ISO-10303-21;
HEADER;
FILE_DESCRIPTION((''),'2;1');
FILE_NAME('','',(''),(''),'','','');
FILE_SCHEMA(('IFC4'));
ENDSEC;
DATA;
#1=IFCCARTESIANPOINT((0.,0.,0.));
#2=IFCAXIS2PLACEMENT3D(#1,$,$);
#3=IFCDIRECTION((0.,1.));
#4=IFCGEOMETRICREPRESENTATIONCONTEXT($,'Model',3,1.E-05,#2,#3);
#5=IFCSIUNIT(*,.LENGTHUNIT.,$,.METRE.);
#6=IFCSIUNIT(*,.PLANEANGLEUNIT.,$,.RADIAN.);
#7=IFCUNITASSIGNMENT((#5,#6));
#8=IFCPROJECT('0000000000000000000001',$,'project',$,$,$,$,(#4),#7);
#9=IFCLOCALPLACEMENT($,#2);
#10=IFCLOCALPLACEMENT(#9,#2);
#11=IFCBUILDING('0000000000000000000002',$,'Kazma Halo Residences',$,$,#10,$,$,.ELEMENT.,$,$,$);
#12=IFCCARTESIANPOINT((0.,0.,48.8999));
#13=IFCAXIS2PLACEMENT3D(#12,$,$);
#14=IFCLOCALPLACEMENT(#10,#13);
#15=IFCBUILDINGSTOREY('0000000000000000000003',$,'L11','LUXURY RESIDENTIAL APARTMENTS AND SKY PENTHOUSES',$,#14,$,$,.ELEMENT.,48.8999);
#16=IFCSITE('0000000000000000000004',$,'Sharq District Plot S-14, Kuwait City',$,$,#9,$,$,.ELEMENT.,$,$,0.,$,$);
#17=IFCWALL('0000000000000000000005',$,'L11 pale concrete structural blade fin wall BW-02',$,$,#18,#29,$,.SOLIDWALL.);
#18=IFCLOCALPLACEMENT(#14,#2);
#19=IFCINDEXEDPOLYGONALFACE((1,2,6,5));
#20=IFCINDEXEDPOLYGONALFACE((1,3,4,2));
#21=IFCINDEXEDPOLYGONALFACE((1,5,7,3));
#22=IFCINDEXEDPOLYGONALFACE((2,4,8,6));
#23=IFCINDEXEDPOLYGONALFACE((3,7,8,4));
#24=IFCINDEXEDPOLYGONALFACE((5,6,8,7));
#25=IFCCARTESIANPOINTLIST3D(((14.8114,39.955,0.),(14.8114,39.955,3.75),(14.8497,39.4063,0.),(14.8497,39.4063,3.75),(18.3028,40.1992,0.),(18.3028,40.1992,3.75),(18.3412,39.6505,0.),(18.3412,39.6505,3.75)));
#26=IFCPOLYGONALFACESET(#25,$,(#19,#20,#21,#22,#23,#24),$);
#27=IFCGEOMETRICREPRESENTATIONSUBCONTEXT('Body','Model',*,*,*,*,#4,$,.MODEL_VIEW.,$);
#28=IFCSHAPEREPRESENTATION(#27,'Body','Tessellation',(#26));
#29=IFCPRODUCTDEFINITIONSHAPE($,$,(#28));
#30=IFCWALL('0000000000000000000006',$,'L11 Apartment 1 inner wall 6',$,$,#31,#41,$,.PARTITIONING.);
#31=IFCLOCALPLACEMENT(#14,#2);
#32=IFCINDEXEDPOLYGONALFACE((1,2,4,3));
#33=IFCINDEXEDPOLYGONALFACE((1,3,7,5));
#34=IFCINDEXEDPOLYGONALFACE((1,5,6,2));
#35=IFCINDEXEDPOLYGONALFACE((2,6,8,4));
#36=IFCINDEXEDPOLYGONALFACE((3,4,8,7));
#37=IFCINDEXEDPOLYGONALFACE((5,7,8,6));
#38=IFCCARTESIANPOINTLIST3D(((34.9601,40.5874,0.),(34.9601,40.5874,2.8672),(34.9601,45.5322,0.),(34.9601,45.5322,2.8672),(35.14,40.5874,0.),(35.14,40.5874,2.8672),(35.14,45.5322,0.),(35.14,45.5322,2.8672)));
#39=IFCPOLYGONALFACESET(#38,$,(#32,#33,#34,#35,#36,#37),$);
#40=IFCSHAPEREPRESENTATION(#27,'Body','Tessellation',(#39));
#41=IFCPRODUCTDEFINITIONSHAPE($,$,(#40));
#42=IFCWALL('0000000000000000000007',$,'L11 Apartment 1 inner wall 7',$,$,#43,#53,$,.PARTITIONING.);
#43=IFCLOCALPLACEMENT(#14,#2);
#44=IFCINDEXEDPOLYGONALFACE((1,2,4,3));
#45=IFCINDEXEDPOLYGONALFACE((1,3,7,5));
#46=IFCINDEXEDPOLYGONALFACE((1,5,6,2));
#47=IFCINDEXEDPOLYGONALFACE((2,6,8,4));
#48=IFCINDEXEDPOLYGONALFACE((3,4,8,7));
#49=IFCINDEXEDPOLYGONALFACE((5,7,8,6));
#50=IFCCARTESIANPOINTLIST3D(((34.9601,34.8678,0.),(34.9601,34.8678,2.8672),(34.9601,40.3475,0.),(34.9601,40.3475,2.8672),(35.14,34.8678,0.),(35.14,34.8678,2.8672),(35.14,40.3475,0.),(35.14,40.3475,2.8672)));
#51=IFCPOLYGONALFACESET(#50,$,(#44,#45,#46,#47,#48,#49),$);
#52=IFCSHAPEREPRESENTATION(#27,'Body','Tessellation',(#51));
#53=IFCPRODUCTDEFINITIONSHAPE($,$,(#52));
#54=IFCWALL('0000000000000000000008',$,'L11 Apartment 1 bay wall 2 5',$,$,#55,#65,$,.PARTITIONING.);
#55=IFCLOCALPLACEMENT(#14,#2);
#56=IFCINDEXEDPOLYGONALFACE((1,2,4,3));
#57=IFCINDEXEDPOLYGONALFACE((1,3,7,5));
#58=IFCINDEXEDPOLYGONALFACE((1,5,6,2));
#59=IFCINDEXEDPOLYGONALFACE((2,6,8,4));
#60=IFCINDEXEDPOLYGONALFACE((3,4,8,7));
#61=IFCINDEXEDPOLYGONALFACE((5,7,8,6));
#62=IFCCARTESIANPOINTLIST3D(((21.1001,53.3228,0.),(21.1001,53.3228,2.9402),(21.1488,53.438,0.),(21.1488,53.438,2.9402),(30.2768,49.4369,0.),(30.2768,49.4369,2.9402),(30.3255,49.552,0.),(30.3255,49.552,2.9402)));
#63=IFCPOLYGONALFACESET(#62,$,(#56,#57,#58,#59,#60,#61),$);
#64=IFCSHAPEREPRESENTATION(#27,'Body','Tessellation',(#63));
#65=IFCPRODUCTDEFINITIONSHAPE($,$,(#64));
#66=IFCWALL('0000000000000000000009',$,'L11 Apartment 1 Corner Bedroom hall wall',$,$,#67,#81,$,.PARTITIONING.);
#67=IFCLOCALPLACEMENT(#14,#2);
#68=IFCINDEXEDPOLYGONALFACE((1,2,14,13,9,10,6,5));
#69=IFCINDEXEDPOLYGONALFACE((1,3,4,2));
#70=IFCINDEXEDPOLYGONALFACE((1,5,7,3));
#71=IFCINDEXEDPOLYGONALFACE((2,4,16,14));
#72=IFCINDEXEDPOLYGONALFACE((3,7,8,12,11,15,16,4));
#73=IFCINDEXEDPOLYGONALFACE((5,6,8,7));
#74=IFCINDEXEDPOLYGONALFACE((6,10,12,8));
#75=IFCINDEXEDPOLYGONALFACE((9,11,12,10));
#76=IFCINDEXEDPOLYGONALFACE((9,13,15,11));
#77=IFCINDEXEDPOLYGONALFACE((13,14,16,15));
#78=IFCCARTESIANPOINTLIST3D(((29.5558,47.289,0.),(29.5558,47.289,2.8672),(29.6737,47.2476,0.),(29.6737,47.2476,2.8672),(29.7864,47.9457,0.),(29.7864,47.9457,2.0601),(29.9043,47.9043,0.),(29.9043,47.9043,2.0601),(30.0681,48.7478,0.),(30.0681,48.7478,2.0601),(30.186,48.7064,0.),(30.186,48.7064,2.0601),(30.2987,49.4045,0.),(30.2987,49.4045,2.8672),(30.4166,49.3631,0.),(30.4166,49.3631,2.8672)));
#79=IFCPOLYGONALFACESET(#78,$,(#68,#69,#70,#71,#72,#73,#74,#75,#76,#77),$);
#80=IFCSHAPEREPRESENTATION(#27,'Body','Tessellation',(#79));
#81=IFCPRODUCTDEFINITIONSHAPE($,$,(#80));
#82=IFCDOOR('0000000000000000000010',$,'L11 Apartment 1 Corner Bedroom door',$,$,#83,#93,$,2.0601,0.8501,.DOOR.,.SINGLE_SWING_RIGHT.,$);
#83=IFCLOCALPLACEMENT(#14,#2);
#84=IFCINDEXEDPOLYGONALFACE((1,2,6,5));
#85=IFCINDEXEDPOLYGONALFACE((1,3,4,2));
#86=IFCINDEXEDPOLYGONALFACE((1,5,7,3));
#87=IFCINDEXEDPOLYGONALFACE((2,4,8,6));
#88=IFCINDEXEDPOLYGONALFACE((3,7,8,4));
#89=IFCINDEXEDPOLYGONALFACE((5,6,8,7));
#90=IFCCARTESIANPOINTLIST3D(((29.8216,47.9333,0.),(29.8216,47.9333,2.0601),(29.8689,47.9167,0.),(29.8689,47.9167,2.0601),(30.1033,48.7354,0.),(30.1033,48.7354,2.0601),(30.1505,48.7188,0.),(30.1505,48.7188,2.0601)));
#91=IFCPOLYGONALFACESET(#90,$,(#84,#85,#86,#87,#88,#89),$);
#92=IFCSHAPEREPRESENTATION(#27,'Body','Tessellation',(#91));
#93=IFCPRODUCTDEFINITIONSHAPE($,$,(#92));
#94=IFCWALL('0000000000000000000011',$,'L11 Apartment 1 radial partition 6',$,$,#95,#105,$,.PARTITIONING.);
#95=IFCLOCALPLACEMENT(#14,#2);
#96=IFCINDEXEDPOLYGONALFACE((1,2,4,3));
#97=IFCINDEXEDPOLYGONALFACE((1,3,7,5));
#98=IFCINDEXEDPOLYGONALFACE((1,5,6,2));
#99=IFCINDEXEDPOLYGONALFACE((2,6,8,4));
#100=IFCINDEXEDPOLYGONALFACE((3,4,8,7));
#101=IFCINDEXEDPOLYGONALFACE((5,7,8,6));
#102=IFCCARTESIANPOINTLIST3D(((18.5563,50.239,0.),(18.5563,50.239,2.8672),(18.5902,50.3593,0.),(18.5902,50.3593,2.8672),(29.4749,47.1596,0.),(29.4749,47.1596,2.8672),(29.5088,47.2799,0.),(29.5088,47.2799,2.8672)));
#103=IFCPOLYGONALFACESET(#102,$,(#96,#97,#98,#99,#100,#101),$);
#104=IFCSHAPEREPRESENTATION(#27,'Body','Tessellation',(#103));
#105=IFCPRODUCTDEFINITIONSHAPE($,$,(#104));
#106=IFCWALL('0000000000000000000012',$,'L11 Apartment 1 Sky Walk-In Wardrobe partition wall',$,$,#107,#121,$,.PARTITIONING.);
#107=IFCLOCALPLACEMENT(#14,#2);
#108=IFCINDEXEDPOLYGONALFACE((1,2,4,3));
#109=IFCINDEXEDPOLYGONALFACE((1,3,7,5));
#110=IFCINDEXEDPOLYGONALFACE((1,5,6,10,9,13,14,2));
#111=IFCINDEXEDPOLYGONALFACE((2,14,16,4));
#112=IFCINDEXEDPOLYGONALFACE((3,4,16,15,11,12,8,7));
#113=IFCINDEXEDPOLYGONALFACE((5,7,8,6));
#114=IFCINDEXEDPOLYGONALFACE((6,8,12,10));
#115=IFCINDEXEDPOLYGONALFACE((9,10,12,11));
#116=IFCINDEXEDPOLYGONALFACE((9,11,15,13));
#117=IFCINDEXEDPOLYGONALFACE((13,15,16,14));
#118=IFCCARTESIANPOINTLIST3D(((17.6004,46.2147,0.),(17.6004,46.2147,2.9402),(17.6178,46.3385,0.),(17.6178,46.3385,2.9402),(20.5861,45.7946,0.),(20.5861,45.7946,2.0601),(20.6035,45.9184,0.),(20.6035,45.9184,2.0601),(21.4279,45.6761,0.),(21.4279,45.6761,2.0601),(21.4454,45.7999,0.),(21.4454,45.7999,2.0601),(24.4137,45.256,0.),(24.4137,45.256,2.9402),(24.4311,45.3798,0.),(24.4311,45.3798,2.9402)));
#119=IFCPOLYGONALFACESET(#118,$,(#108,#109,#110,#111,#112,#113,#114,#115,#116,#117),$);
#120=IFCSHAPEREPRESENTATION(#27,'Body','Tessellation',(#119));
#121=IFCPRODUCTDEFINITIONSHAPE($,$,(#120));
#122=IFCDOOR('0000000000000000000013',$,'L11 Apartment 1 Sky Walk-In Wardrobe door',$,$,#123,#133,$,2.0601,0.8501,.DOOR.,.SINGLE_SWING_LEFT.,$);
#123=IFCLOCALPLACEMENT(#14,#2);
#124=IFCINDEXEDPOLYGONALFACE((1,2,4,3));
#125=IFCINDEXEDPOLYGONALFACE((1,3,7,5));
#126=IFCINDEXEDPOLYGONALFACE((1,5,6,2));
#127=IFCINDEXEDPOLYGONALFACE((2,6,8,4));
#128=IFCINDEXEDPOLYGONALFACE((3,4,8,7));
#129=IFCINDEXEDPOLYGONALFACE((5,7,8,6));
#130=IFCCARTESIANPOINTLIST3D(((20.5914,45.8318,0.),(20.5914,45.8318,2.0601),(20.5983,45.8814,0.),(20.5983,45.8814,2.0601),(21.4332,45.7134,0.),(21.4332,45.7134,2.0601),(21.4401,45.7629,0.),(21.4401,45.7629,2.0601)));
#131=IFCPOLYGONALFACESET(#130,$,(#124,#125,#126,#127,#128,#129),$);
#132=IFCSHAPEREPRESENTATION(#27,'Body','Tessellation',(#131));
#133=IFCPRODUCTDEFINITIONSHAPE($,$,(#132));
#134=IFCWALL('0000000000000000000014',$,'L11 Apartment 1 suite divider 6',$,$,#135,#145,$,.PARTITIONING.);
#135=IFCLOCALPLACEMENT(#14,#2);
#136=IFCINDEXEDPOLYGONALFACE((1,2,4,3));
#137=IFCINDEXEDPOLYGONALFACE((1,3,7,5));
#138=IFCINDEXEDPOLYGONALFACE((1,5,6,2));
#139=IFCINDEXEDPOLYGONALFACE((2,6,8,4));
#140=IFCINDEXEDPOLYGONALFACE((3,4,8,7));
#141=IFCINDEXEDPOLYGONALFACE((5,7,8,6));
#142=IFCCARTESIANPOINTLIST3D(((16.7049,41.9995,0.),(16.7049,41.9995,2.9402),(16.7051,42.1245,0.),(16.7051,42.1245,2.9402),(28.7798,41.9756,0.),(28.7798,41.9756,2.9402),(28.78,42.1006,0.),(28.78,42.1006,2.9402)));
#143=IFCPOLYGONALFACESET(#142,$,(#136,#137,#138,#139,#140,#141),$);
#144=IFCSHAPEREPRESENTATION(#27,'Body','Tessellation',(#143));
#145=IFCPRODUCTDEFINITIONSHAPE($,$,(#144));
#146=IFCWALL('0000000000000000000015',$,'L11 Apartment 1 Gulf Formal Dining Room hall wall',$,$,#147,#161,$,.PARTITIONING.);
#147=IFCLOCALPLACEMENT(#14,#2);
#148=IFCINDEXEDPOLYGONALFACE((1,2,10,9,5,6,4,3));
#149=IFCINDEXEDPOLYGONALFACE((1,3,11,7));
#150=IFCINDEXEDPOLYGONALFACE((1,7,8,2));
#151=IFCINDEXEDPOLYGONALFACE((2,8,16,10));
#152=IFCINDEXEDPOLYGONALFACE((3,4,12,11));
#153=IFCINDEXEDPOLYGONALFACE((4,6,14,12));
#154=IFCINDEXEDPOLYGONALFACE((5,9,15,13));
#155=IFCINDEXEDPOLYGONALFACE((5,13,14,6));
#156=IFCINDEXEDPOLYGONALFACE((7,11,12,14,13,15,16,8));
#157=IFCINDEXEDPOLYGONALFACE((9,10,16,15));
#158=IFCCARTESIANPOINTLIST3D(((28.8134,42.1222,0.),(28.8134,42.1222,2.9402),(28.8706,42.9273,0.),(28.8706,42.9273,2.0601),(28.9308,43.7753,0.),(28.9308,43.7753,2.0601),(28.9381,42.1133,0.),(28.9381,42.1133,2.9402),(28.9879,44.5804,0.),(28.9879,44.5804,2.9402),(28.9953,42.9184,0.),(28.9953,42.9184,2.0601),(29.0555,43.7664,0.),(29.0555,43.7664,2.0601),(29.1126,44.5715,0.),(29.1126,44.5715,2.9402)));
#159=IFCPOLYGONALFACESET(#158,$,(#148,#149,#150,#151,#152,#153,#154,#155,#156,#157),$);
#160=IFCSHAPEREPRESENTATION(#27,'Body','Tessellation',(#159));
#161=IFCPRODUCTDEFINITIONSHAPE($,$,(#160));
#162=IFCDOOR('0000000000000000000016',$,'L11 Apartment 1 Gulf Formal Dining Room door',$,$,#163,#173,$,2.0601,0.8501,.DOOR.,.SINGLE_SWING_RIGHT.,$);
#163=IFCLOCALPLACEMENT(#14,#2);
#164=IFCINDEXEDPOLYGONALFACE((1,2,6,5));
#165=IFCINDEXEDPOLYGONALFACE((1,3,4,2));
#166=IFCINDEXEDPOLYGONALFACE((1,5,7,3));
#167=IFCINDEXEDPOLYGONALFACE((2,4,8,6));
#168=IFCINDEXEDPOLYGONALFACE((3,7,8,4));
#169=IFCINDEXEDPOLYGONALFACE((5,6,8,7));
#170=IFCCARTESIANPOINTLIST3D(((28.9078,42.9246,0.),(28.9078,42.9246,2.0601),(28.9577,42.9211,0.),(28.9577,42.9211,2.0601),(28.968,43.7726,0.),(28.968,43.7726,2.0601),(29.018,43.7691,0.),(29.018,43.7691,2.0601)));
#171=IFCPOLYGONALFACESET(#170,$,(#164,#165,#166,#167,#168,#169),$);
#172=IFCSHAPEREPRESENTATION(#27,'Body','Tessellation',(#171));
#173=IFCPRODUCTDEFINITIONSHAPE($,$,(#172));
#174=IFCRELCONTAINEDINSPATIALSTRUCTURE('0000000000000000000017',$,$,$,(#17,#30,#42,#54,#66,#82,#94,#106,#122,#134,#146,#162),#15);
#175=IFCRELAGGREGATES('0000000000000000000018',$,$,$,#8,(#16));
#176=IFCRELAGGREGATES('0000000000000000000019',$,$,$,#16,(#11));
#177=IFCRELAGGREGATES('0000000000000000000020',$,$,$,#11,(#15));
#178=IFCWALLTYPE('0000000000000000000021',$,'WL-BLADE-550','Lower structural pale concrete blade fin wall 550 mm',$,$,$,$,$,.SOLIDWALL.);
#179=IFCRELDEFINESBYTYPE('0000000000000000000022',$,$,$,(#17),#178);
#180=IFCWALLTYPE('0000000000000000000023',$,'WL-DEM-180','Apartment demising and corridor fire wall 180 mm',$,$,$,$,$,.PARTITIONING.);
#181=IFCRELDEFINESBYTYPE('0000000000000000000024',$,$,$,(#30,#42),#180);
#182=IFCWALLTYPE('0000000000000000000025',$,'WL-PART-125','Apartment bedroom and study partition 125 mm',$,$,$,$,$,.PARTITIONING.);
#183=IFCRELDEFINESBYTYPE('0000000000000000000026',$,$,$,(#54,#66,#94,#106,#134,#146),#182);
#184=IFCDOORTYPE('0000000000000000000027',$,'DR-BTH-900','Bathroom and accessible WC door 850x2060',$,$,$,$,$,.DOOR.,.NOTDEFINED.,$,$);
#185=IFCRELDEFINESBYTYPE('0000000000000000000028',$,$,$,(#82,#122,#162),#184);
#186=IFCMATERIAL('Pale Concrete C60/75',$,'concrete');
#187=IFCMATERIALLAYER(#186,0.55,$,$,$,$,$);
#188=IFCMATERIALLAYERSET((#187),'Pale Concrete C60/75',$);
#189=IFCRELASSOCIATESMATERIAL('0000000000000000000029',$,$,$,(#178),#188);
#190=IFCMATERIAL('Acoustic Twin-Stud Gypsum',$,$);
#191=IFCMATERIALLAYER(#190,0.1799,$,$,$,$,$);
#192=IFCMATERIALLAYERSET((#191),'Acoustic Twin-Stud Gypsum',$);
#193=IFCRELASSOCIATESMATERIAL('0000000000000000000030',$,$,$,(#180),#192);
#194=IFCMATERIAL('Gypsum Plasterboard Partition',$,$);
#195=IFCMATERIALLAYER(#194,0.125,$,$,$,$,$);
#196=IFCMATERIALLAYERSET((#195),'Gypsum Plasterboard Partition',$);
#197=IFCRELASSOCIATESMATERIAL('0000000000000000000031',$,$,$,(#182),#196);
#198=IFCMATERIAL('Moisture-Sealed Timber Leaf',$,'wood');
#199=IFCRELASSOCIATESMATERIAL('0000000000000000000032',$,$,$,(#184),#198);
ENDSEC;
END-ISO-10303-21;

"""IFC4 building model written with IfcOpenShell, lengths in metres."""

from ifc_helpers import new_model, si_unit, direction, frame, frame_2d, origin, place, context, subcontext, project, spatial, rectangle, extrude, material, layer, layer_set, type_object, element, fill, save


model = new_model("IFC4")

# Units and contexts
model_context = context("Model", 3, precision=1e-05, world=origin(), true_north=direction((0.0, 1.0)))
body_context = subcontext(model_context, "Body", "Model", "MODEL_VIEW")
ifc_project = project(units=[si_unit("LENGTHUNIT", "METRE"), si_unit("PLANEANGLEUNIT", "RADIAN")], contexts=[model_context])

# Site, building, storey
site_placement = place(None, origin())
site = spatial("IfcSite", under=ifc_project, at=site_placement, Name="Sharq District Plot S-14, Kuwait City", CompositionType="ELEMENT", RefElevation=0.0)
building_placement = place(site_placement, origin())
building = spatial("IfcBuilding", under=site, at=building_placement, Name="Kazma Halo Residences", CompositionType="ELEMENT")
storey_placement = place(building_placement, frame((0.0, 0.0, 48.8999)))
storey = spatial("IfcBuildingStorey", under=building, at=storey_placement, Name="L11", Description="LUXURY RESIDENTIAL APARTMENTS AND SKY PENTHOUSES", CompositionType="ELEMENT", Elevation=48.8999)

# Walls
ifc_material_1 = material(Name="Pale Concrete C60/75", Category="concrete")
ifc_layer_1 = layer(ifc_material_1, 0.55)
ifc_layer_set_1 = layer_set([ifc_layer_1], Name="Pale Concrete C60/75")
wall_type_1 = type_object("IfcWallType", Name="WL-BLADE-550", Description="Lower structural pale concrete blade fin wall 550 mm", PredefinedType="SOLIDWALL", material=ifc_layer_set_1)
wall_1_placement = place(storey_placement, frame((18.322, 39.9248, 0.0), z_axis=(0.0, 0.0, 1.0), x_axis=(-0.997564, -0.069755, 0.0)))
element("IfcWall", 1, at=wall_1_placement, inside=storey, type_object=wall_type_1, Name="L11 pale concrete structural blade fin wall BW-02", PredefinedType="SOLIDWALL", context=body_context, shape_type="SweptSolid", body=[
    extrude(rectangle(XDim=3.5, YDim=0.55, at=frame_2d((1.75, 0.0))), origin(), (0.0, 0.0, 1.0), 3.75),
])
ifc_material_2 = material(Name="Acoustic Twin-Stud Gypsum")
ifc_layer_2 = layer(ifc_material_2, 0.1799)
ifc_layer_set_2 = layer_set([ifc_layer_2], Name="Acoustic Twin-Stud Gypsum")
wall_type_2 = type_object("IfcWallType", Name="WL-DEM-180", Description="Apartment demising and corridor fire wall 180 mm", PredefinedType="PARTITIONING", material=ifc_layer_set_2)
wall_2_placement = place(storey_placement, frame((35.05, 45.5322, 0.0), z_axis=(0.0, 0.0, 1.0), x_axis=(0.0, -1.0, 0.0)))
element("IfcWall", 2, at=wall_2_placement, inside=storey, type_object=wall_type_2, Name="L11 Apartment 1 inner wall 6", PredefinedType="PARTITIONING", context=body_context, shape_type="SweptSolid", body=[
    extrude(rectangle(XDim=4.9448, YDim=0.1799, at=frame_2d((2.4724, 0.0))), origin(), (0.0, 0.0, 1.0), 2.8672),
])
wall_3_placement = place(storey_placement, frame((35.05, 40.3474, 0.0), z_axis=(0.0, 0.0, 1.0), x_axis=(0.0, -1.0, 0.0)))
element("IfcWall", 3, at=wall_3_placement, inside=storey, type_object=wall_type_2, Name="L11 Apartment 1 inner wall 7", PredefinedType="PARTITIONING", context=body_context, shape_type="SweptSolid", body=[
    extrude(rectangle(XDim=5.4797, YDim=0.1799, at=frame_2d((2.7397, 0.0))), origin(), (0.0, 0.0, 1.0), 2.8672),
])
ifc_material_3 = material(Name="Gypsum Plasterboard Partition")
ifc_layer_3 = layer(ifc_material_3, 0.125)
ifc_layer_set_3 = layer_set([ifc_layer_3], Name="Gypsum Plasterboard Partition")
wall_type_3 = type_object("IfcWallType", Name="WL-PART-125", Description="Apartment bedroom and study partition 125 mm", PredefinedType="PARTITIONING", material=ifc_layer_set_3)
wall_4_placement = place(storey_placement, frame((30.3013, 49.4944, 0.0), z_axis=(0.0, 0.0, 1.0), x_axis=(-0.920841, 0.389939, 0.0)))
element("IfcWall", 4, at=wall_4_placement, inside=storey, type_object=wall_type_3, Name="L11 Apartment 1 bay wall 2 5", PredefinedType="PARTITIONING", context=body_context, shape_type="SweptSolid", body=[
    extrude(rectangle(XDim=9.9656, YDim=0.125, at=frame_2d((4.9829, 0.0))), origin(), (0.0, 0.0, 1.0), 2.9402),
])

# Wall, opening, door
wall_5_placement = place(storey_placement, frame((30.3577, 49.3838, 0.0), z_axis=(0.0, 0.0, 1.0), x_axis=(-0.331345, -0.94351, 0.0)))
wall_5 = element("IfcWall", 5, at=wall_5_placement, inside=storey, type_object=wall_type_3, Name="L11 Apartment 1 Corner Bedroom hall wall", PredefinedType="PARTITIONING", context=body_context, shape_type="SweptSolid", body=[
    extrude(rectangle(XDim=2.2422, YDim=0.125, at=frame_2d((1.1211, 0.0))), origin(), (0.0, 0.0, 1.0), 2.8672),
])
opening_1_placement = place(wall_5_placement, frame((0.696, 0.0, 0.0)))
opening_1 = element("IfcOpeningElement", 6, at=opening_1_placement, cuts=wall_5, PredefinedType="OPENING", context=body_context, shape_type="SweptSolid", body=[
    extrude(rectangle(XDim=0.8501, YDim=2.0601, at=frame_2d((0.425, 1.03))), frame((0.0, 0.0725, 0.0), z_axis=(0.0, -1.0, 0.0), x_axis=(1.0, 0.0, 0.0)), (0.0, 0.0, 1.0), 0.145),
])
ifc_material_4 = material(Name="Moisture-Sealed Timber Leaf", Category="wood")
door_type = type_object("IfcDoorType", Name="DR-BTH-900", Description="Bathroom and accessible WC door 850x2060", OperationType="NOTDEFINED", PredefinedType="DOOR", material=ifc_material_4)
door_1_placement = place(opening_1_placement, origin())
door_1 = element("IfcDoor", 7, at=door_1_placement, inside=storey, type_object=door_type, Name="L11 Apartment 1 Corner Bedroom door", OperationType="SINGLE_SWING_RIGHT", OverallHeight=2.0601, OverallWidth=0.8501, PredefinedType="DOOR", context=body_context, shape_type="SweptSolid", body=[
    extrude(rectangle(XDim=0.8501, YDim=2.0601, at=frame_2d((0.425, 1.03))), frame((0.0, 0.0249, 0.0), z_axis=(0.0, -1.0, 0.0), x_axis=(1.0, 0.0, 0.0)), (0.0, 0.0, 1.0), 0.05),
])
fill(opening_1, door_1)

# Wall
wall_6_placement = place(storey_placement, frame((29.4919, 47.2197, 0.0), z_axis=(0.0, 0.0, 1.0), x_axis=(-0.962455, 0.271442, 0.0)))
element("IfcWall", 8, at=wall_6_placement, inside=storey, type_object=wall_type_3, Name="L11 Apartment 1 radial partition 6", PredefinedType="PARTITIONING", context=body_context, shape_type="SweptSolid", body=[
    extrude(rectangle(XDim=11.3445, YDim=0.125, at=frame_2d((5.6724, 0.0))), origin(), (0.0, 0.0, 1.0), 2.8672),
])

# Wall, opening, door
wall_7_placement = place(storey_placement, frame((24.4224, 45.3179, 0.0), z_axis=(0.0, 0.0, 1.0), x_axis=(-0.990244, 0.139345, 0.0)))
wall_7 = element("IfcWall", 9, at=wall_7_placement, inside=storey, type_object=wall_type_3, Name="L11 Apartment 1 Sky Walk-In Wardrobe partition wall", PredefinedType="PARTITIONING", context=body_context, shape_type="SweptSolid", body=[
    extrude(rectangle(XDim=6.8804, YDim=0.125, at=frame_2d((3.4402, 0.0))), origin(), (0.0, 0.0, 1.0), 2.9402),
])
opening_2_placement = place(wall_7_placement, frame((3.0151, 0.0, 0.0)))
opening_2 = element("IfcOpeningElement", 10, at=opening_2_placement, cuts=wall_7, PredefinedType="OPENING", context=body_context, shape_type="SweptSolid", body=[
    extrude(rectangle(XDim=0.8501, YDim=2.0601, at=frame_2d((0.425, 1.03))), frame((0.0, 0.0725, 0.0), z_axis=(0.0, -1.0, 0.0), x_axis=(1.0, 0.0, 0.0)), (0.0, 0.0, 1.0), 0.145),
])
door_2_placement = place(opening_2_placement, origin())
door_2 = element("IfcDoor", 11, at=door_2_placement, inside=storey, type_object=door_type, Name="L11 Apartment 1 Sky Walk-In Wardrobe door", OperationType="SINGLE_SWING_LEFT", OverallHeight=2.0601, OverallWidth=0.8501, PredefinedType="DOOR", context=body_context, shape_type="SweptSolid", body=[
    extrude(rectangle(XDim=0.8501, YDim=2.0601, at=frame_2d((0.425, 1.03))), frame((0.0, 0.0249, 0.0), z_axis=(0.0, -1.0, 0.0), x_axis=(1.0, 0.0, 0.0)), (0.0, 0.0, 1.0), 0.05),
])
fill(opening_2, door_2)

# Wall
wall_8_placement = place(storey_placement, frame((28.78, 42.0381, 0.0), z_axis=(0.0, 0.0, 1.0), x_axis=(-0.999998, 0.001981, 0.0)))
element("IfcWall", 12, at=wall_8_placement, inside=storey, type_object=wall_type_3, Name="L11 Apartment 1 suite divider 6", PredefinedType="PARTITIONING", context=body_context, shape_type="SweptSolid", body=[
    extrude(rectangle(XDim=12.075, YDim=0.125, at=frame_2d((6.0376, 0.0))), origin(), (0.0, 0.0, 1.0), 2.9402),
])

# Wall, opening, door
wall_9_placement = place(storey_placement, frame((29.0503, 44.5759, 0.0), z_axis=(0.0, 0.0, 1.0), x_axis=(-0.070832, -0.997488, 0.0)))
wall_9 = element("IfcWall", 13, at=wall_9_placement, inside=storey, type_object=wall_type_3, Name="L11 Apartment 1 Gulf Formal Dining Room hall wall", PredefinedType="PARTITIONING", context=body_context, shape_type="SweptSolid", body=[
    extrude(rectangle(XDim=2.4644, YDim=0.125, at=frame_2d((1.2322, 0.0))), origin(), (0.0, 0.0, 1.0), 2.9402),
])
opening_3_placement = place(wall_9_placement, frame((0.8071, 0.0, 0.0)))
opening_3 = element("IfcOpeningElement", 14, at=opening_3_placement, cuts=wall_9, PredefinedType="OPENING", context=body_context, shape_type="SweptSolid", body=[
    extrude(rectangle(XDim=0.8501, YDim=2.0601, at=frame_2d((0.425, 1.03))), frame((0.0, 0.0725, 0.0), z_axis=(0.0, -1.0, 0.0), x_axis=(1.0, 0.0, 0.0)), (0.0, 0.0, 1.0), 0.145),
])
door_3_placement = place(opening_3_placement, origin())
door_3 = element("IfcDoor", 15, at=door_3_placement, inside=storey, type_object=door_type, Name="L11 Apartment 1 Gulf Formal Dining Room door", OperationType="SINGLE_SWING_RIGHT", OverallHeight=2.0601, OverallWidth=0.8501, PredefinedType="DOOR", context=body_context, shape_type="SweptSolid", body=[
    extrude(rectangle(XDim=0.8501, YDim=2.0601, at=frame_2d((0.425, 1.03))), frame((0.0, 0.0249, 0.0), z_axis=(0.0, -1.0, 0.0), x_axis=(1.0, 0.0, 0.0)), (0.0, 0.0, 1.0), 0.05),
])
fill(opening_3, door_3)

save(model, "model.ifc")
